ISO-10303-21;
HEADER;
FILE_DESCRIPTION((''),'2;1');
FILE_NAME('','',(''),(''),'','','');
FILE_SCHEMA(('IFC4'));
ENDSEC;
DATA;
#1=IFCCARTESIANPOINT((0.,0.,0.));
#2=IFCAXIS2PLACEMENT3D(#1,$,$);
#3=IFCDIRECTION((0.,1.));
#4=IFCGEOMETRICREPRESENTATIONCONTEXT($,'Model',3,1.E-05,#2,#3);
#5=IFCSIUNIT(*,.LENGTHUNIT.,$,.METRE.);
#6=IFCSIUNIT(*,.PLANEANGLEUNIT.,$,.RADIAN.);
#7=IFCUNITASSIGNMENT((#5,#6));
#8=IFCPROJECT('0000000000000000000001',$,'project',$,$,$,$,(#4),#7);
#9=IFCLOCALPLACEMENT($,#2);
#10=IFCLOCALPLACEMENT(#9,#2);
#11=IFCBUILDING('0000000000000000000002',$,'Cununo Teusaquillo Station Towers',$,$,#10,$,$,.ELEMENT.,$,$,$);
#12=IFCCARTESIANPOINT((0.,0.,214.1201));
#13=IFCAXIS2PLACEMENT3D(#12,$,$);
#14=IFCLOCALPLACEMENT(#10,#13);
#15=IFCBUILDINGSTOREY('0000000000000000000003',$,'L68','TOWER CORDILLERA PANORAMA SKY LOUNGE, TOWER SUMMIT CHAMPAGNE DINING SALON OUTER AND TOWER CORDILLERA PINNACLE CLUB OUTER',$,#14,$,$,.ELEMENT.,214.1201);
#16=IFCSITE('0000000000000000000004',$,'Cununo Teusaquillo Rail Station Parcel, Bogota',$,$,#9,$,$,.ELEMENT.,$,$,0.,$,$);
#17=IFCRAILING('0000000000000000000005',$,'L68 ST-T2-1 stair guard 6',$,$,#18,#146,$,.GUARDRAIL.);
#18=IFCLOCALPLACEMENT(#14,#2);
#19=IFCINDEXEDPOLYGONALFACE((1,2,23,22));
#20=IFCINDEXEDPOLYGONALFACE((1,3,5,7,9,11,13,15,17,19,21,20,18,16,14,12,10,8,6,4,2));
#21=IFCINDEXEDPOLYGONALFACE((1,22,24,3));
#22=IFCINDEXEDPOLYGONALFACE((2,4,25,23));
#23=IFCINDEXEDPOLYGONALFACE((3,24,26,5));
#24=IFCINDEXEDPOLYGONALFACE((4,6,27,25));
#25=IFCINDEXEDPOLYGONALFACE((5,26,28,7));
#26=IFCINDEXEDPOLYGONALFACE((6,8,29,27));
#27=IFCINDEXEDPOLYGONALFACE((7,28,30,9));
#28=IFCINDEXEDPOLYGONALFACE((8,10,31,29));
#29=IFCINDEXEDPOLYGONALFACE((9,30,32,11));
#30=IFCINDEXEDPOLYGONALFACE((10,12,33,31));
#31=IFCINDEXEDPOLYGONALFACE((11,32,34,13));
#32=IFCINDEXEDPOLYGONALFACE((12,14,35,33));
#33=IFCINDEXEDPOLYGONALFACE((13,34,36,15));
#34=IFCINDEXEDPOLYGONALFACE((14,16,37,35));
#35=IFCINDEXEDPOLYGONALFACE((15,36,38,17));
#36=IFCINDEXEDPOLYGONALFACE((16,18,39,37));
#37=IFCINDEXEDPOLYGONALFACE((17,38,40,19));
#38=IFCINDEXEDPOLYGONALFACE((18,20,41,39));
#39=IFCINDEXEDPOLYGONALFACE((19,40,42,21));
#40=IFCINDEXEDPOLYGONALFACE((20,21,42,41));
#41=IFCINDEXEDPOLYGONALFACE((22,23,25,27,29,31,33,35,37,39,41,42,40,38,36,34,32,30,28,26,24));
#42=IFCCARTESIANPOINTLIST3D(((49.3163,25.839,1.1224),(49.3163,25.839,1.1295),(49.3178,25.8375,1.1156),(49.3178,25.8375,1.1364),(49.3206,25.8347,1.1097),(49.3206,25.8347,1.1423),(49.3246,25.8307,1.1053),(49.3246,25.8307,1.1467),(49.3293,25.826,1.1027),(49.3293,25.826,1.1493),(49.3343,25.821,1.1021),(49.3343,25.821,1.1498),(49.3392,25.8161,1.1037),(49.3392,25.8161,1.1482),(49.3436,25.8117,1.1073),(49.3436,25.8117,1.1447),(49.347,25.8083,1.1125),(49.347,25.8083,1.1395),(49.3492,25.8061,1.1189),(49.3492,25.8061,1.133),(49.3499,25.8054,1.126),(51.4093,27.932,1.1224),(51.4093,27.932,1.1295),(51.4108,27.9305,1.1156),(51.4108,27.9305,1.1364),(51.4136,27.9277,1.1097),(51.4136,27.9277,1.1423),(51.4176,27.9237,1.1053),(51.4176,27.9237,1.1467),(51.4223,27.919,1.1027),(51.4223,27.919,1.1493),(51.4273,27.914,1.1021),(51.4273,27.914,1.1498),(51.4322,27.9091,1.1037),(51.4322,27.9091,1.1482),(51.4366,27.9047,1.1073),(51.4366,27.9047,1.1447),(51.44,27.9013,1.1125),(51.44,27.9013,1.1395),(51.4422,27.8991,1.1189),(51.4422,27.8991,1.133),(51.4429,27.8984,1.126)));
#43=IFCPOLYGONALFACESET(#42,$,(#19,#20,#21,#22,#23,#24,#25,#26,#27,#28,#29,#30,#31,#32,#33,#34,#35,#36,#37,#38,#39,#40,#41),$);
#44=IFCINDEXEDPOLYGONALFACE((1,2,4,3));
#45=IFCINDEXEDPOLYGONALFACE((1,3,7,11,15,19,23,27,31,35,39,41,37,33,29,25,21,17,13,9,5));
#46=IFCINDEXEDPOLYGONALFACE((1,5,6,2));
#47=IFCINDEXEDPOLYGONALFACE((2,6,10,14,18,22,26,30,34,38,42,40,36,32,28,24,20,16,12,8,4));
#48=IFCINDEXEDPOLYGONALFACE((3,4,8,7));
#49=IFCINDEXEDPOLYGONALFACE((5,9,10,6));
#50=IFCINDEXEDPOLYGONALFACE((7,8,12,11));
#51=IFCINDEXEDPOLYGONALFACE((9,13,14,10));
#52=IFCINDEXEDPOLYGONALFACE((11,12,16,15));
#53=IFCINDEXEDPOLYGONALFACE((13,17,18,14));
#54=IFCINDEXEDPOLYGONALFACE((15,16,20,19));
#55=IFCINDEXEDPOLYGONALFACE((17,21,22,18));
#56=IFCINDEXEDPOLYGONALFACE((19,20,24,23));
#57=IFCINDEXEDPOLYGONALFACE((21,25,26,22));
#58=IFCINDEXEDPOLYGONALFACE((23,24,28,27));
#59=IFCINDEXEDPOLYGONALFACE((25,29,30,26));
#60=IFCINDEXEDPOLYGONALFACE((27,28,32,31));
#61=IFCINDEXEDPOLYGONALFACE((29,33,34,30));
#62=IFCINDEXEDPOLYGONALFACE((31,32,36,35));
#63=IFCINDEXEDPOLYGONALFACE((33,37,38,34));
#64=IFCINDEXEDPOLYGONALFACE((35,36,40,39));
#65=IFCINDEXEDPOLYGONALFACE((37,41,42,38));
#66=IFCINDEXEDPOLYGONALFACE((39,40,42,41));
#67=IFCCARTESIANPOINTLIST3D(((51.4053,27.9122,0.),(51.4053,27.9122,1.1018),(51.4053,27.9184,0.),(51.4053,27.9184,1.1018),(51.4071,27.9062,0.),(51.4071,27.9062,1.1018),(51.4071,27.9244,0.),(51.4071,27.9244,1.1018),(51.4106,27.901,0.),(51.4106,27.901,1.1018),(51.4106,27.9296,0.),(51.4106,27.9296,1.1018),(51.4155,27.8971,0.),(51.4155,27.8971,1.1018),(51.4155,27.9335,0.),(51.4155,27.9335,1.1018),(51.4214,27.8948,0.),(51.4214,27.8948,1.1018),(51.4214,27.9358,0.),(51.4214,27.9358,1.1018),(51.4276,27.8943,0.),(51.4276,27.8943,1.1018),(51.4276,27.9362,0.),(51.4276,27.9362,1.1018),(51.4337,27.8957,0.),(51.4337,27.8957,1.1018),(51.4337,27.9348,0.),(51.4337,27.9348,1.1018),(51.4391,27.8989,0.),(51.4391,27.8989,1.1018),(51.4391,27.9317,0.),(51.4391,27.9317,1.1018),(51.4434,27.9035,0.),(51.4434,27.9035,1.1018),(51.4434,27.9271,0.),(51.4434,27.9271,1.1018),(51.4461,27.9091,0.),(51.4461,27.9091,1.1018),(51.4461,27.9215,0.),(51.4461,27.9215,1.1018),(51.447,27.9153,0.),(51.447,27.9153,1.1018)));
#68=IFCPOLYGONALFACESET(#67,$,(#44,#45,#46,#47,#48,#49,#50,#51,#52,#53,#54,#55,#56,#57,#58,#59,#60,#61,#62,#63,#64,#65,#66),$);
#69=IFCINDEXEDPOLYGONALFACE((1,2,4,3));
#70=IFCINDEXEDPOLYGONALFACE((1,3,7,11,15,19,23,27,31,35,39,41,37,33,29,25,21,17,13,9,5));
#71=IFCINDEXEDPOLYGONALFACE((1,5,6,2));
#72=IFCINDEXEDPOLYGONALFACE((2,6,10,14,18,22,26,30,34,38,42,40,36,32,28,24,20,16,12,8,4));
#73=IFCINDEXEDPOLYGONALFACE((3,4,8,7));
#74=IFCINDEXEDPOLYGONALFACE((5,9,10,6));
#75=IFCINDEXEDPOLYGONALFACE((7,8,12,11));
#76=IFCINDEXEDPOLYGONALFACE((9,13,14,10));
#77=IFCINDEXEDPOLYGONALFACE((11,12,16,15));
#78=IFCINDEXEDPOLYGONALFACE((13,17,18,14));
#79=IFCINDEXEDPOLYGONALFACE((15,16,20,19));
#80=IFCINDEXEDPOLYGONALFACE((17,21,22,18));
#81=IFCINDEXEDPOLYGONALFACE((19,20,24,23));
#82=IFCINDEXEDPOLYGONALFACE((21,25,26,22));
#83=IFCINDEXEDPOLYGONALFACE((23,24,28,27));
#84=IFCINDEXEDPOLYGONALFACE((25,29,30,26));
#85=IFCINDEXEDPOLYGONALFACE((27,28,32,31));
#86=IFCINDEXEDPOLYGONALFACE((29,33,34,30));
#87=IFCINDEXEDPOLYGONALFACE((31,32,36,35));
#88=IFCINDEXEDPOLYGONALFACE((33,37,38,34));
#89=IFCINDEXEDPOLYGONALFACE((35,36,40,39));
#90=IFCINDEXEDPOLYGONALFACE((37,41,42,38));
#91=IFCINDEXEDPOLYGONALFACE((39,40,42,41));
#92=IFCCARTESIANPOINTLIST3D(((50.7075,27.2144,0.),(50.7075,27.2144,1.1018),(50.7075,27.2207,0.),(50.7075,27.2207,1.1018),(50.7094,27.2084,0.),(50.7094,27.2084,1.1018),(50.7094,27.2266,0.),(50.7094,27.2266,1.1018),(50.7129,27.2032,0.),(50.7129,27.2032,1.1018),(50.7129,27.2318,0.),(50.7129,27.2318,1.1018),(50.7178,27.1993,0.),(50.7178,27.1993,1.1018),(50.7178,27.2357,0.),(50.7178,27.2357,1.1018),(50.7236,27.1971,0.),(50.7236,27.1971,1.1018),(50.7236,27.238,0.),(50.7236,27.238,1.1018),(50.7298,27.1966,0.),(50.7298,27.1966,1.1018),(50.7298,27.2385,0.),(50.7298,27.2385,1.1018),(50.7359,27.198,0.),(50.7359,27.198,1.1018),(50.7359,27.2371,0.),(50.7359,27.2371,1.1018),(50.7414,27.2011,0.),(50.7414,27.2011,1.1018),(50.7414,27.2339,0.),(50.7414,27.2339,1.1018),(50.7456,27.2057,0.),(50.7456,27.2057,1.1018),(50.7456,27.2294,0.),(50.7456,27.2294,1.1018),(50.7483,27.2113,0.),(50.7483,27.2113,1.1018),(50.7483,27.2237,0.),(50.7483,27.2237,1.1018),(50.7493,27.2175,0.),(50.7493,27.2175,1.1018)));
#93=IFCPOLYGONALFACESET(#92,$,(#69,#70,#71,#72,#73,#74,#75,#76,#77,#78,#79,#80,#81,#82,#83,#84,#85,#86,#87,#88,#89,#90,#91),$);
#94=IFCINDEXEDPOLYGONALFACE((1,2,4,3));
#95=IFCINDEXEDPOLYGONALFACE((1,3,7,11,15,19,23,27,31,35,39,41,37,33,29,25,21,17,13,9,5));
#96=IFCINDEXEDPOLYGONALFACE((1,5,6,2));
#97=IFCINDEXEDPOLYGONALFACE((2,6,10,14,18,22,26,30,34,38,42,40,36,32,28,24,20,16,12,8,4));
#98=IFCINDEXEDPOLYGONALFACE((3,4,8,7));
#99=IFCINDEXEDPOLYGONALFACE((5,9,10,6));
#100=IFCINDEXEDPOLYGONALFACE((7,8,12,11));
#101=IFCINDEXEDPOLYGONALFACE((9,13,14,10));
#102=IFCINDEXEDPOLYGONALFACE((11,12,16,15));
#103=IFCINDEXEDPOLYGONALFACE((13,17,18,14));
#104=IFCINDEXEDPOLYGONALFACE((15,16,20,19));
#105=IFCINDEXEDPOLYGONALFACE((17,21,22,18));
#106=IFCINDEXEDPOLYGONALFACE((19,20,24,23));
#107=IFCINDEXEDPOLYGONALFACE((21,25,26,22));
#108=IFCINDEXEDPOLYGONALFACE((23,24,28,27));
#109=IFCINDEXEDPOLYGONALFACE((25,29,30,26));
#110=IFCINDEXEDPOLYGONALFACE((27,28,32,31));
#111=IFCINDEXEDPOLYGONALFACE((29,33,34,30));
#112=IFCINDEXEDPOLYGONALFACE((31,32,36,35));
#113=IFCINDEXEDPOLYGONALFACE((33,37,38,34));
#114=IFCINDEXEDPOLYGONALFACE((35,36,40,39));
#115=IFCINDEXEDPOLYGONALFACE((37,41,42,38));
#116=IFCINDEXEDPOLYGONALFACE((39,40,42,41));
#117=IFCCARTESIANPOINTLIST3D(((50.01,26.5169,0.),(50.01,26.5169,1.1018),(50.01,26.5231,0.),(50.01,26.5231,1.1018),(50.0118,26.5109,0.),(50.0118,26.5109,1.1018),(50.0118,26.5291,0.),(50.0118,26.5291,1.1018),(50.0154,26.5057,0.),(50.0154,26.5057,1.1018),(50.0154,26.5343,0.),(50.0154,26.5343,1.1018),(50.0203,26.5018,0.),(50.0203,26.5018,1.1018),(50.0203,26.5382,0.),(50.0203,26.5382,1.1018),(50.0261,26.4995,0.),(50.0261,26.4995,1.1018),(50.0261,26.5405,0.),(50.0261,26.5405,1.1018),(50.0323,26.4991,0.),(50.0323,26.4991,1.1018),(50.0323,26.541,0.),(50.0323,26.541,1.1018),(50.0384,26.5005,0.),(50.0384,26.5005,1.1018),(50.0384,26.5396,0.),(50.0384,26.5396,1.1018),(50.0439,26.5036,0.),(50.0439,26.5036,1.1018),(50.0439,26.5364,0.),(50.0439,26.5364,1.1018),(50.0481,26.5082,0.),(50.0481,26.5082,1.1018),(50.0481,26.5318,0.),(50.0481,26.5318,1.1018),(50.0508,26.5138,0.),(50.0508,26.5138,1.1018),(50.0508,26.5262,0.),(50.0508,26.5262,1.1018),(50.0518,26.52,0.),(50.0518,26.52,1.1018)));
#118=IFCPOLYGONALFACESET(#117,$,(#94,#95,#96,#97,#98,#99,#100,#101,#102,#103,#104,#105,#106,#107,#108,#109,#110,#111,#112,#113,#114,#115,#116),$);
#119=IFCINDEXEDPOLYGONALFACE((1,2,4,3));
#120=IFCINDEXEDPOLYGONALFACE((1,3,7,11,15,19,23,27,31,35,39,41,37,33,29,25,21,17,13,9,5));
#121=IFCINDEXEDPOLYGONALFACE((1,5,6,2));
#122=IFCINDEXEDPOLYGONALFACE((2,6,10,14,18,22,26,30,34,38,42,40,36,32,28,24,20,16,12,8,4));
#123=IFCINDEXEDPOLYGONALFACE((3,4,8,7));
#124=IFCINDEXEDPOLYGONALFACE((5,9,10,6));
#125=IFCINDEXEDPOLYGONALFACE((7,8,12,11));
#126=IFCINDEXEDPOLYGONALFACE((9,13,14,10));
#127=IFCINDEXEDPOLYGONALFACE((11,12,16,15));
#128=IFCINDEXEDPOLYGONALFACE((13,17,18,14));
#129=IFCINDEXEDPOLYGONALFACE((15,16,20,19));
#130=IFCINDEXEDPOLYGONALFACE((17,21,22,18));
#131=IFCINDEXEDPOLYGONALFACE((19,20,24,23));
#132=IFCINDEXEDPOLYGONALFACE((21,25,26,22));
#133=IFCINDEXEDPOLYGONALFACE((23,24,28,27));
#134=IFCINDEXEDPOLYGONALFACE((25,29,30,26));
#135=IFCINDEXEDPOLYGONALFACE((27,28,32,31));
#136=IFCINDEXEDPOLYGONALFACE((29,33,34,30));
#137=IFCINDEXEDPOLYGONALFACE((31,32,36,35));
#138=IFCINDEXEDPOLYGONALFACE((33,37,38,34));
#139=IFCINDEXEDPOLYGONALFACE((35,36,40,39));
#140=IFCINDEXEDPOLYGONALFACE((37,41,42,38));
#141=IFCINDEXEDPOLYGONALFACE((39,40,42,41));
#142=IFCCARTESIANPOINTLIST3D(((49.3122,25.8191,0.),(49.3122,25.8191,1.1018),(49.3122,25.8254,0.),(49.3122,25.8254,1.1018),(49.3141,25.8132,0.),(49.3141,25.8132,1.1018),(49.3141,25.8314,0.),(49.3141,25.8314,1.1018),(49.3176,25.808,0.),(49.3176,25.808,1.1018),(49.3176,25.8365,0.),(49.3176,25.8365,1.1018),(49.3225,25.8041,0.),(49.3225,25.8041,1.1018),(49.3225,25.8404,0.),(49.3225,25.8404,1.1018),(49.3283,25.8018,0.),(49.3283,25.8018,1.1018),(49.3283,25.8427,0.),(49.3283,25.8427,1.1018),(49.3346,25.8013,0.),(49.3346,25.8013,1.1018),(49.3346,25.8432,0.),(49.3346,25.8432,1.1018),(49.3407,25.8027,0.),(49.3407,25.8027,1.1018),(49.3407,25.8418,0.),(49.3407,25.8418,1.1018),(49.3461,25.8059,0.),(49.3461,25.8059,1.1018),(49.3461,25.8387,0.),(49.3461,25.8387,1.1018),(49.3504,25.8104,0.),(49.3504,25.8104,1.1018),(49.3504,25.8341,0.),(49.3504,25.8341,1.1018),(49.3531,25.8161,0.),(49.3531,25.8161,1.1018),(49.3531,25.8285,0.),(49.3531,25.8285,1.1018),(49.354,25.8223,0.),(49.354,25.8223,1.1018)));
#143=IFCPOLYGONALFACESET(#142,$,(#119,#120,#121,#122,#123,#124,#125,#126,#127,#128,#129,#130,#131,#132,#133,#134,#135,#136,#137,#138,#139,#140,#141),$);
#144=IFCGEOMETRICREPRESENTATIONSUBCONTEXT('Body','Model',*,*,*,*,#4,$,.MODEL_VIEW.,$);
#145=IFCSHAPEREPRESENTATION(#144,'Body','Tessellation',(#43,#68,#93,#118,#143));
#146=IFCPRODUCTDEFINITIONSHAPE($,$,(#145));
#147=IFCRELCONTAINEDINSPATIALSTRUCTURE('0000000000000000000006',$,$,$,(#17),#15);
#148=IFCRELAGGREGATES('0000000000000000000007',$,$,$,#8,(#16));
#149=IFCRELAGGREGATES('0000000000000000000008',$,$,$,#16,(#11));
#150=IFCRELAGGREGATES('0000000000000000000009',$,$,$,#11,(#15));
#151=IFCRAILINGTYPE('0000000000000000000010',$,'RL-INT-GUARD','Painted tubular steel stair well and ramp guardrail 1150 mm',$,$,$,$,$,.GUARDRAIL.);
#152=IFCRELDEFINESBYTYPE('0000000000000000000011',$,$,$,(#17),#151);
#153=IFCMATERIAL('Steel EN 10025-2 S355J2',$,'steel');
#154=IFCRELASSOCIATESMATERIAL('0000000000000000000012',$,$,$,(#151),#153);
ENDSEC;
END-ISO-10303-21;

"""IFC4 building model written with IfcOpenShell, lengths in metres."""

from ifc_helpers import new_model, si_unit, direction, frame, origin, origin_2d, place, context, subcontext, project, spatial, circle, extrude, material, type_object, element, save


model = new_model("IFC4")

# Units and contexts
model_context = context("Model", 3, precision=1e-05, world=origin(), true_north=direction((0.0, 1.0)))
body_context = subcontext(model_context, "Body", "Model", "MODEL_VIEW")
ifc_project = project(units=[si_unit("LENGTHUNIT", "METRE"), si_unit("PLANEANGLEUNIT", "RADIAN")], contexts=[model_context])

# Site, building, storey
site_placement = place(None, origin())
site = spatial("IfcSite", under=ifc_project, at=site_placement, Name="Cununo Teusaquillo Rail Station Parcel, Bogota", CompositionType="ELEMENT", RefElevation=0.0)
building_placement = place(site_placement, origin())
building = spatial("IfcBuilding", under=site, at=building_placement, Name="Cununo Teusaquillo Station Towers", CompositionType="ELEMENT")
storey_placement = place(building_placement, frame((0.0, 0.0, 214.1201)))
storey = spatial("IfcBuildingStorey", under=building, at=storey_placement, Name="L68", Description="TOWER CORDILLERA PANORAMA SKY LOUNGE, TOWER SUMMIT CHAMPAGNE DINING SALON OUTER AND TOWER CORDILLERA PINNACLE CLUB OUTER", CompositionType="ELEMENT", Elevation=214.1201)

# Railing
ifc_material_1 = material(Name="Steel EN 10025-2 S355J2", Category="steel")
railing_type = type_object("IfcRailingType", Name="RL-INT-GUARD", Description="Painted tubular steel stair well and ramp guardrail 1150 mm", PredefinedType="GUARDRAIL", material=ifc_material_1)
railing_1_placement = place(storey_placement, frame((51.426, 27.9153, 0.0)))
element("IfcRailing", 1, at=railing_1_placement, inside=storey, type_object=railing_type, Name="L68 ST-T2-1 stair guard 6", PredefinedType="GUARDRAIL", context=body_context, shape_type="SweptSolid", body=[
    extrude(circle(Radius=0.0239, at=origin_2d()), frame((0.0, 0.0, 1.126), z_axis=(-0.707107, -0.707107, 0.0), x_axis=(0.707107, -0.707107, 0.0)), (0.0, 0.0, 1.0), 2.96),
    extrude(circle(Radius=0.021, at=origin_2d()), origin(), (0.0, 0.0, 1.0), 1.1018),
    extrude(circle(Radius=0.021, at=origin_2d()), frame((-0.6978, -0.6978, 0.0)), (0.0, 0.0, 1.0), 1.1018),
    extrude(circle(Radius=0.021, at=origin_2d()), frame((-1.3953, -1.3953, 0.0)), (0.0, 0.0, 1.0), 1.1018),
    extrude(circle(Radius=0.021, at=origin_2d()), frame((-2.093, -2.093, 0.0)), (0.0, 0.0, 1.0), 1.1018),
])

save(model, "model.ifc")
